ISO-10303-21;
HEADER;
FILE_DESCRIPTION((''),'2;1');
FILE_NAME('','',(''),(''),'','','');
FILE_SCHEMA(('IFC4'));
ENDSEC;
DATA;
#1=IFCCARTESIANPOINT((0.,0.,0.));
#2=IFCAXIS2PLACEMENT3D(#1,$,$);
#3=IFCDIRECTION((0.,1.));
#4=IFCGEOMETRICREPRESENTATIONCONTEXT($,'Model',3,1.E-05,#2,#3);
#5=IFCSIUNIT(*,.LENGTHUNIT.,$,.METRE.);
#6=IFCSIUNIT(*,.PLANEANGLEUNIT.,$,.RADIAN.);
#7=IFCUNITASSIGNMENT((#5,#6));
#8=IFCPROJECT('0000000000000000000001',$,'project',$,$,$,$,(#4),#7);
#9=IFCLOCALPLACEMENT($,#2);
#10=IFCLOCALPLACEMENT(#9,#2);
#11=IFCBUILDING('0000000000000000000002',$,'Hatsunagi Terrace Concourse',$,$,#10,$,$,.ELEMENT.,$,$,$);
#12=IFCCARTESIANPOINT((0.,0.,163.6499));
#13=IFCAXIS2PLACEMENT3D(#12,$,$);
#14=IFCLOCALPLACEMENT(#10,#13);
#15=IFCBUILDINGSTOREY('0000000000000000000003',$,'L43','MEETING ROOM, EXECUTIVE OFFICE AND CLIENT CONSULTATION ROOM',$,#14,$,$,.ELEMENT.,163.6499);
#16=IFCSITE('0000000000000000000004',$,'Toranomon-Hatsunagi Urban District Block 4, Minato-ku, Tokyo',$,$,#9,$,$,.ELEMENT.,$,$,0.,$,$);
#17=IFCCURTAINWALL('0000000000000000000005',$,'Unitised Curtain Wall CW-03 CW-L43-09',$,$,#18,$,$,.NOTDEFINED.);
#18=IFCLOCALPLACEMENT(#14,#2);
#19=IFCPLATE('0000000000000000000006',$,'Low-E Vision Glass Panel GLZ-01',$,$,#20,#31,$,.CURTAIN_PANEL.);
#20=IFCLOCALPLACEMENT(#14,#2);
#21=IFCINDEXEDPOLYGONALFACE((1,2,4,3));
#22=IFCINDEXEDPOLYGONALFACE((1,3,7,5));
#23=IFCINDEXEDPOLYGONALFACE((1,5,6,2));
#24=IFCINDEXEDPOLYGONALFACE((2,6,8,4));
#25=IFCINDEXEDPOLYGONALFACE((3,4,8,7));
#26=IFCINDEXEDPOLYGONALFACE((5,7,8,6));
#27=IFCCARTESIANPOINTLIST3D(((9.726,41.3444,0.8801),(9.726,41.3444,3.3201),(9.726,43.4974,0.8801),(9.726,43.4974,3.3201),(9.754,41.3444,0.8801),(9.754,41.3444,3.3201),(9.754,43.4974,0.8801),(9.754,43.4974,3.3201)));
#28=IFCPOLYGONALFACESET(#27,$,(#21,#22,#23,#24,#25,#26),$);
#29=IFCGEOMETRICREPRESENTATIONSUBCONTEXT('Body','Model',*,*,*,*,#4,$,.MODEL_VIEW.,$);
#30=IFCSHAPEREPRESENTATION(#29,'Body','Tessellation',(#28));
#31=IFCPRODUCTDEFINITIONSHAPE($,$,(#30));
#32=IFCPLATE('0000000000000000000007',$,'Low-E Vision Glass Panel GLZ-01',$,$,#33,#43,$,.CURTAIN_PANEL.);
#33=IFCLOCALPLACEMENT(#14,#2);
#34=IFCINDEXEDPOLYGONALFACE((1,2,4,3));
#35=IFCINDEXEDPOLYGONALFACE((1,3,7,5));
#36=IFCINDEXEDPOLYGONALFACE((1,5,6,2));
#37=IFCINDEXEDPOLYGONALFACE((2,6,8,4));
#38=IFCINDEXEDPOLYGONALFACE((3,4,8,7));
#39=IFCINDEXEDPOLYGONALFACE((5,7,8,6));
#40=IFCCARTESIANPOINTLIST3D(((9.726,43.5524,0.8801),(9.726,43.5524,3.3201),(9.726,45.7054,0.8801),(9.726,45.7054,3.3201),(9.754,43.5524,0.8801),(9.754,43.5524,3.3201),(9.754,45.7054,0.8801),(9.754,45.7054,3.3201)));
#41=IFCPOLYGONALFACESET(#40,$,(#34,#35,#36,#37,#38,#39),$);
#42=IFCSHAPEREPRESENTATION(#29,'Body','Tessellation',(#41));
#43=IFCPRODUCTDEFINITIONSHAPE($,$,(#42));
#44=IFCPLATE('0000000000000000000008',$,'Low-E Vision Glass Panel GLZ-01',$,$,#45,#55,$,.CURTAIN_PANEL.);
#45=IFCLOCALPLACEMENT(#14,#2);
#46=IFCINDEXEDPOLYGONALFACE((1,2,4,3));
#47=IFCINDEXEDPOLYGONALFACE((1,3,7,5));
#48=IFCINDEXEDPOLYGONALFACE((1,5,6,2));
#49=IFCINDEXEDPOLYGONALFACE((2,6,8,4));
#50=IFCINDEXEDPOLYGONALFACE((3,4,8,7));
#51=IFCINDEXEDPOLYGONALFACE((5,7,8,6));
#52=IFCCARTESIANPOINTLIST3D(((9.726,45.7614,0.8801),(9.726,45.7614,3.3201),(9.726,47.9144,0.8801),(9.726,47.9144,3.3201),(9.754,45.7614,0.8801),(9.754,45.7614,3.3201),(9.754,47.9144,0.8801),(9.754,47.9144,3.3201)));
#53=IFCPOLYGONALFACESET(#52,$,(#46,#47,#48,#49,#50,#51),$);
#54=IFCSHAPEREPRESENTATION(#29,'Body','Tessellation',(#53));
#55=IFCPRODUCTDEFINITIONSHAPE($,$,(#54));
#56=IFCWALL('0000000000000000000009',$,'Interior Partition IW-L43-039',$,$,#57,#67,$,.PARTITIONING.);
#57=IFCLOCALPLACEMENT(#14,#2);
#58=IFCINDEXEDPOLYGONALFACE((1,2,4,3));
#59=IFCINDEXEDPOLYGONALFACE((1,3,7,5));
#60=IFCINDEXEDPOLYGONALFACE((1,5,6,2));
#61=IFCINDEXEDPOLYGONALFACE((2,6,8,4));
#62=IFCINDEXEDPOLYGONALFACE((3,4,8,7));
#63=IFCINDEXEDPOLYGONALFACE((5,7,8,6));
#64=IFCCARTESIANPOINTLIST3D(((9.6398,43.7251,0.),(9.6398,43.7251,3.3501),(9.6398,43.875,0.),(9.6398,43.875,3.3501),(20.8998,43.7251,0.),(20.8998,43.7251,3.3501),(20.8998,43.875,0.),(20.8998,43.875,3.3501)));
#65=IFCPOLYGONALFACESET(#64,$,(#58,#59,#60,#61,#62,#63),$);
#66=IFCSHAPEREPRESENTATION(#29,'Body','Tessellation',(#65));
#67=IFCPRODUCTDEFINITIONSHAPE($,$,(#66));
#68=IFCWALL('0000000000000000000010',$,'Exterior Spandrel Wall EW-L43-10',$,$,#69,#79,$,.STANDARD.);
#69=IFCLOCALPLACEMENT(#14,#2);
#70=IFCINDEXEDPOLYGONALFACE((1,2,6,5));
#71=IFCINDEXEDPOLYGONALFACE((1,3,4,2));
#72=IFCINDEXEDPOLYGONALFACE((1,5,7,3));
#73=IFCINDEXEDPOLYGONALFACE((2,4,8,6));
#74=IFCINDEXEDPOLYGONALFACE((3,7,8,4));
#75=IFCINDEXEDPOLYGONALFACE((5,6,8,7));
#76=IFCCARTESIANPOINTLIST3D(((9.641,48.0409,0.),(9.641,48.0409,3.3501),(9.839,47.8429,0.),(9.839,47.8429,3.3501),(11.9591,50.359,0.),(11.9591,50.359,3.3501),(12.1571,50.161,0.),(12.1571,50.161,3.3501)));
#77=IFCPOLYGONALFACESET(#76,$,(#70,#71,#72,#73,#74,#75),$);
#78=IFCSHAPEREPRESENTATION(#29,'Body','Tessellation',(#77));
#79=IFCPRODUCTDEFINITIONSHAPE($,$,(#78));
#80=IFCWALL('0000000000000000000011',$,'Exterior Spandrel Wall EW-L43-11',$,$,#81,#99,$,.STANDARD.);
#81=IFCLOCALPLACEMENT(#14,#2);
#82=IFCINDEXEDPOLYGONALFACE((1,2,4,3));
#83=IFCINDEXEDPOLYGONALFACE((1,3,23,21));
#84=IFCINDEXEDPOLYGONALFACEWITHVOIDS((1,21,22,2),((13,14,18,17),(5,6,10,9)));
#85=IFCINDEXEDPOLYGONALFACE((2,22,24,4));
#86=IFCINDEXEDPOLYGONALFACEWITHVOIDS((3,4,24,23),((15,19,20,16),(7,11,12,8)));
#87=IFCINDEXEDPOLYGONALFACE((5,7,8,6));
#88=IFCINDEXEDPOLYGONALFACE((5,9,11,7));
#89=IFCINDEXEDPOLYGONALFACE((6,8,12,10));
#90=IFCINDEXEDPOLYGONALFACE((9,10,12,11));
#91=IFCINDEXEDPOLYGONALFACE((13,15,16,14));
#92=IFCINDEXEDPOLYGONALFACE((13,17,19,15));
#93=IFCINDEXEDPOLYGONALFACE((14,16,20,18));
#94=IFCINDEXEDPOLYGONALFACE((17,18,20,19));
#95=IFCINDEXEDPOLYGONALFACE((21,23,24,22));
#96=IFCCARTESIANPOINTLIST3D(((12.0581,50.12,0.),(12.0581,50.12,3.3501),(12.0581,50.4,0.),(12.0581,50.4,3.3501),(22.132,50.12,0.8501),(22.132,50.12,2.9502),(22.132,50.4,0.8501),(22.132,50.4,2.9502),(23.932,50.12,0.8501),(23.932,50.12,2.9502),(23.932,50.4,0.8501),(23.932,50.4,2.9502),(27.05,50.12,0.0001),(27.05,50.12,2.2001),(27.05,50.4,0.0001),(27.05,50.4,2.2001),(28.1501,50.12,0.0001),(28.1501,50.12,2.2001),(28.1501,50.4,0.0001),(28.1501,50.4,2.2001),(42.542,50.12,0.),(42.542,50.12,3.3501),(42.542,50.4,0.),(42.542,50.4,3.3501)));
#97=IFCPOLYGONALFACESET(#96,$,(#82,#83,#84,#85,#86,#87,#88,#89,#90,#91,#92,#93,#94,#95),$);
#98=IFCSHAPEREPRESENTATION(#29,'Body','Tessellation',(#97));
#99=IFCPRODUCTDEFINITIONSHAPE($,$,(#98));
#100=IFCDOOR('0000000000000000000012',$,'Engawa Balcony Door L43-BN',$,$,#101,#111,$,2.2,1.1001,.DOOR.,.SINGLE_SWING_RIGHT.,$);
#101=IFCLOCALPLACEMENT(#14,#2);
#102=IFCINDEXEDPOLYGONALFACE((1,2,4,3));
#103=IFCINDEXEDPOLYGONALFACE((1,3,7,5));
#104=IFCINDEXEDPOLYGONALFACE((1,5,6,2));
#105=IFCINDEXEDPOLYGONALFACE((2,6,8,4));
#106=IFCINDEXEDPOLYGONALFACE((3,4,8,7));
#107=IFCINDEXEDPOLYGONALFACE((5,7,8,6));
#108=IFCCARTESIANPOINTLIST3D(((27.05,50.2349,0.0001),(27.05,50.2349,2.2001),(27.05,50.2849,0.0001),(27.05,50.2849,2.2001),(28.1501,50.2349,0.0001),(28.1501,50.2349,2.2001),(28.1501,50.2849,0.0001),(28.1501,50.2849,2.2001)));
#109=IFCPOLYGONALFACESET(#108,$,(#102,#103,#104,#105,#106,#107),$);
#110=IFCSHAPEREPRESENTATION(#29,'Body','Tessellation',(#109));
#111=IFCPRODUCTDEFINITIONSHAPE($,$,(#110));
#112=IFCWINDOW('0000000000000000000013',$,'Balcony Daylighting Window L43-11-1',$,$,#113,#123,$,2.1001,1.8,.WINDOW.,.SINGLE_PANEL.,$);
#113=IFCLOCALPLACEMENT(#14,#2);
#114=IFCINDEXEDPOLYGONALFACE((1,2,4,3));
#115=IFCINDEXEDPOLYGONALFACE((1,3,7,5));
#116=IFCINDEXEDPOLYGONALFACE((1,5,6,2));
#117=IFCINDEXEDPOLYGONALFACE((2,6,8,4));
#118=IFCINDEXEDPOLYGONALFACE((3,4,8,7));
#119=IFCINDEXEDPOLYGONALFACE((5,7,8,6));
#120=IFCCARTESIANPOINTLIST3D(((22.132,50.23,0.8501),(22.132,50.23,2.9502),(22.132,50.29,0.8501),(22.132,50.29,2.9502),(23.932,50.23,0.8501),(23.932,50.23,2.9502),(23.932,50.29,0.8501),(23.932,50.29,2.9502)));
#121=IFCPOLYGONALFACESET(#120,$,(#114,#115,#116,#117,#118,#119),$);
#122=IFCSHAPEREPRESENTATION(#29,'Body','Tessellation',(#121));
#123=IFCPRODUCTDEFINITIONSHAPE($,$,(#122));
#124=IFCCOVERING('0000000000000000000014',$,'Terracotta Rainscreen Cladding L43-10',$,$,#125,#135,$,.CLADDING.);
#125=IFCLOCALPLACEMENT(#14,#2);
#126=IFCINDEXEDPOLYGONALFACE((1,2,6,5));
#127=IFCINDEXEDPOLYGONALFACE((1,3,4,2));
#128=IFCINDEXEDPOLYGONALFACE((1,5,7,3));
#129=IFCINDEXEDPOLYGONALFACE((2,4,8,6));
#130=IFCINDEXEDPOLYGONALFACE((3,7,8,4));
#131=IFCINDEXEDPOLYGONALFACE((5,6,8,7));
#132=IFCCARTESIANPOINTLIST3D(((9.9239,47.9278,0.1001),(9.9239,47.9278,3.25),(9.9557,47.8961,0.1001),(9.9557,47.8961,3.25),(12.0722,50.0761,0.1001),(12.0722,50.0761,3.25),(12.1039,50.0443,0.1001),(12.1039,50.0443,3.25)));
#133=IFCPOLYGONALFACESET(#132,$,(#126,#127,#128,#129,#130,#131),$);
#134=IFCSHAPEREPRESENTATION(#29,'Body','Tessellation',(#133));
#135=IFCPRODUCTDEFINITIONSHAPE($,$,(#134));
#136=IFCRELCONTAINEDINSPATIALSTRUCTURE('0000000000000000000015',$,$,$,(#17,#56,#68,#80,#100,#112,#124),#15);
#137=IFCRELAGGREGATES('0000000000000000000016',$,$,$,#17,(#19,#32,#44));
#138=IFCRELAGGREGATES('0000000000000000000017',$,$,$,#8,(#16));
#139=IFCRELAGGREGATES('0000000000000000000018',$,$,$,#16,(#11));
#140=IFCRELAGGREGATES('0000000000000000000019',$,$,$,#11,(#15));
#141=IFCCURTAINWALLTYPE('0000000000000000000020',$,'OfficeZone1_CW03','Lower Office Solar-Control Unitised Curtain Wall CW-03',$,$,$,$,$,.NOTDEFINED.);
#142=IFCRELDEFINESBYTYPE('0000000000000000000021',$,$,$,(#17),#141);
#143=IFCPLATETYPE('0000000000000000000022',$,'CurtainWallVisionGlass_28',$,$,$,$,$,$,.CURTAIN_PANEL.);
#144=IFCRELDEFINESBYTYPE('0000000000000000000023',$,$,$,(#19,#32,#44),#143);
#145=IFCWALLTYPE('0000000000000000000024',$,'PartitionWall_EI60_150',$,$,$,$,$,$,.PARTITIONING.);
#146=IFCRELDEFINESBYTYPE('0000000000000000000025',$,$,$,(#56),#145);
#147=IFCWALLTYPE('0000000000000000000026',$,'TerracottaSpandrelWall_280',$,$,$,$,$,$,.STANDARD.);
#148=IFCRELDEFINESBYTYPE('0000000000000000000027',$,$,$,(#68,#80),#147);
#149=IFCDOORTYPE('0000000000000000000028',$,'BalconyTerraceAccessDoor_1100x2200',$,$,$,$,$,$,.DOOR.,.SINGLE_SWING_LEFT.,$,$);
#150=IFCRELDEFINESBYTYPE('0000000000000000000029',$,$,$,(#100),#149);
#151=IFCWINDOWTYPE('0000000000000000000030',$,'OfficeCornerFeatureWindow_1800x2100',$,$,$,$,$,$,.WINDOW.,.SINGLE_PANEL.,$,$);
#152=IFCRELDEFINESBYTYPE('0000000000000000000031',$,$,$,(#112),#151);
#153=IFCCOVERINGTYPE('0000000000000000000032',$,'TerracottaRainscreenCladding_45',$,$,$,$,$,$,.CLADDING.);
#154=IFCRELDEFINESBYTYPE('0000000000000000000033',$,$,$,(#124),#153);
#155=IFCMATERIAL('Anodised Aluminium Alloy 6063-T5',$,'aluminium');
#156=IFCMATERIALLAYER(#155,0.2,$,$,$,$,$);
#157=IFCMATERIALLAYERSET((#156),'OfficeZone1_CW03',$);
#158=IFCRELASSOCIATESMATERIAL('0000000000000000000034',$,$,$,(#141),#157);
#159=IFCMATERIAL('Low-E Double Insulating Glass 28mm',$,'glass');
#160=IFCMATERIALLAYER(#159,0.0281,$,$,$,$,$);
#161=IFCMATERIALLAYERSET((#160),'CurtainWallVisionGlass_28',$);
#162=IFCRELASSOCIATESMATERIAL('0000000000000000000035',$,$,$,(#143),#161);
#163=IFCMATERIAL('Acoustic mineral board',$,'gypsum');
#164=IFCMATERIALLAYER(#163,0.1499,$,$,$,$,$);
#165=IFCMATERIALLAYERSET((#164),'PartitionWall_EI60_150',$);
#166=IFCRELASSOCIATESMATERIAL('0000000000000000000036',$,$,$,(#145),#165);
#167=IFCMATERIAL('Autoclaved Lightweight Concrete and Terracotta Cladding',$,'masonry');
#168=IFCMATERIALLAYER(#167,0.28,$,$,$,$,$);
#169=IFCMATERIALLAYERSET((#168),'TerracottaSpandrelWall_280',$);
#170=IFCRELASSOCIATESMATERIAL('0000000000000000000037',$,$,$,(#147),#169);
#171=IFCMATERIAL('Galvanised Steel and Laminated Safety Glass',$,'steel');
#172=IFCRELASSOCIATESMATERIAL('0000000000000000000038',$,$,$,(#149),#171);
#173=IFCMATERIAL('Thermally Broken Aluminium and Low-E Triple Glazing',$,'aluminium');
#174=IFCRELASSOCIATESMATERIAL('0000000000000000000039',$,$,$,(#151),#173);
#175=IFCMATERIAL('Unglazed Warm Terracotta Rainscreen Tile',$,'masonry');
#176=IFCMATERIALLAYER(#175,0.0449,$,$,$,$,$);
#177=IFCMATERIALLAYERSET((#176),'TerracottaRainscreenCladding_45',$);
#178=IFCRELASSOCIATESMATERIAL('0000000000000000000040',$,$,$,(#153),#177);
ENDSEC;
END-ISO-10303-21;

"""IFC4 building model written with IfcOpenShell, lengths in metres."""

from ifc_helpers import new_model, si_unit, direction, frame, frame_2d, origin, origin_2d, place, context, subcontext, project, spatial, rectangle, extrude, material, layer, layer_set, type_object, element, fill, aggregate, save


model = new_model("IFC4")

# Units and contexts
model_context = context("Model", 3, precision=1e-05, world=origin(), true_north=direction((0.0, 1.0)))
body_context = subcontext(model_context, "Body", "Model", "MODEL_VIEW")
ifc_project = project(units=[si_unit("LENGTHUNIT", "METRE"), si_unit("PLANEANGLEUNIT", "RADIAN")], contexts=[model_context])

# Site, building, storey
site_placement = place(None, origin())
site = spatial("IfcSite", under=ifc_project, at=site_placement, Name="Toranomon-Hatsunagi Urban District Block 4, Minato-ku, Tokyo", CompositionType="ELEMENT", RefElevation=0.0)
building_placement = place(site_placement, origin())
building = spatial("IfcBuilding", under=site, at=building_placement, Name="Hatsunagi Terrace Concourse", CompositionType="ELEMENT")
storey_placement = place(building_placement, frame((0.0, 0.0, 163.6499)))
storey = spatial("IfcBuildingStorey", under=building, at=storey_placement, Name="L43", Description="MEETING ROOM, EXECUTIVE OFFICE AND CLIENT CONSULTATION ROOM", CompositionType="ELEMENT", Elevation=163.6499)

# Curtain wall
ifc_material_1 = material(Name="Anodised Aluminium Alloy 6063-T5", Category="aluminium")
ifc_layer_1 = layer(ifc_material_1, 0.2)
ifc_layer_set_1 = layer_set([ifc_layer_1], Name="OfficeZone1_CW03")
curtain_wall_type = type_object("IfcCurtainWallType", Name="OfficeZone1_CW03", Description="Lower Office Solar-Control Unitised Curtain Wall CW-03", PredefinedType="NOTDEFINED", material=ifc_layer_set_1)
curtain_wall_placement = place(storey_placement, origin())
curtain_wall = element("IfcCurtainWall", 1, at=curtain_wall_placement, inside=storey, type_object=curtain_wall_type, Name="Unitised Curtain Wall CW-03 CW-L43-09", PredefinedType="NOTDEFINED")

# Plates
ifc_material_2 = material(Name="Low-E Double Insulating Glass 28mm", Category="glass")
ifc_layer_2 = layer(ifc_material_2, 0.0281)
ifc_layer_set_2 = layer_set([ifc_layer_2], Name="CurtainWallVisionGlass_28")
plate_type_1 = type_object("IfcPlateType", Name="CurtainWallVisionGlass_28", PredefinedType="CURTAIN_PANEL", material=ifc_layer_set_2)
plate_1_placement = place(storey_placement, frame((9.74, 42.4209, 0.8801), z_axis=(0.0, 0.0, 1.0), x_axis=(0.0, 1.0, 0.0)))
plate_1 = element("IfcPlate", 2, at=plate_1_placement, type_object=plate_type_1, Name="Low-E Vision Glass Panel GLZ-01", PredefinedType="CURTAIN_PANEL", context=body_context, shape_type="SweptSolid", body=[
    extrude(rectangle(XDim=2.1531, YDim=0.0281, at=origin_2d()), origin(), (0.0, 0.0, 1.0), 2.4399),
])
plate_2_placement = place(storey_placement, frame((9.74, 44.6289, 0.8801), z_axis=(0.0, 0.0, 1.0), x_axis=(0.0, 1.0, 0.0)))
plate_2 = element("IfcPlate", 3, at=plate_2_placement, type_object=plate_type_1, Name="Low-E Vision Glass Panel GLZ-01", PredefinedType="CURTAIN_PANEL", context=body_context, shape_type="SweptSolid", body=[
    extrude(rectangle(XDim=2.1531, YDim=0.0281, at=origin_2d()), origin(), (0.0, 0.0, 1.0), 2.4399),
])
plate_3_placement = place(storey_placement, frame((9.74, 46.8379, 0.8801), z_axis=(0.0, 0.0, 1.0), x_axis=(0.0, 1.0, 0.0)))
plate_3 = element("IfcPlate", 4, at=plate_3_placement, type_object=plate_type_1, Name="Low-E Vision Glass Panel GLZ-01", PredefinedType="CURTAIN_PANEL", context=body_context, shape_type="SweptSolid", body=[
    extrude(rectangle(XDim=2.1531, YDim=0.0281, at=origin_2d()), origin(), (0.0, 0.0, 1.0), 2.4399),
])
aggregate(curtain_wall, [plate_1, plate_2, plate_3])

# Walls
ifc_material_3 = material(Name="Acoustic mineral board", Category="gypsum")
ifc_layer_3 = layer(ifc_material_3, 0.1499)
ifc_layer_set_3 = layer_set([ifc_layer_3], Name="PartitionWall_EI60_150")
wall_type_1 = type_object("IfcWallType", Name="PartitionWall_EI60_150", PredefinedType="PARTITIONING", material=ifc_layer_set_3)
wall_1_placement = place(storey_placement, frame((9.6399, 43.8, 0.0), z_axis=(0.0, 0.0, 1.0), x_axis=(1.0, 0.0, 0.0)))
element("IfcWall", 5, at=wall_1_placement, inside=storey, type_object=wall_type_1, Name="Interior Partition IW-L43-039", PredefinedType="PARTITIONING", context=body_context, shape_type="SweptSolid", body=[
    extrude(rectangle(XDim=11.26, YDim=0.1499, at=frame_2d((5.6299, 0.0))), origin(), (0.0, 0.0, 1.0), 3.3501),
])
ifc_material_4 = material(Name="Autoclaved Lightweight Concrete and Terracotta Cladding", Category="masonry")
ifc_layer_4 = layer(ifc_material_4, 0.28)
ifc_layer_set_4 = layer_set([ifc_layer_4], Name="TerracottaSpandrelWall_280")
wall_type_2 = type_object("IfcWallType", Name="TerracottaSpandrelWall_280", PredefinedType="STANDARD", material=ifc_layer_set_4)
wall_2_placement = place(storey_placement, frame((9.74, 47.9419, 0.0), z_axis=(0.0, 0.0, 1.0), x_axis=(0.707107, 0.707107, 0.0)))
element("IfcWall", 6, at=wall_2_placement, inside=storey, type_object=wall_type_2, Name="Exterior Spandrel Wall EW-L43-10", PredefinedType="STANDARD", context=body_context, shape_type="SweptSolid", body=[
    extrude(rectangle(XDim=3.2783, YDim=0.28, at=frame_2d((1.6392, 0.0))), origin(), (0.0, 0.0, 1.0), 3.3501),
])

# Wall, openings, door, window
wall_3_placement = place(storey_placement, frame((12.0581, 50.26, 0.0), z_axis=(0.0, 0.0, 1.0), x_axis=(1.0, 0.0, 0.0)))
wall_3 = element("IfcWall", 7, at=wall_3_placement, inside=storey, type_object=wall_type_2, Name="Exterior Spandrel Wall EW-L43-11", PredefinedType="STANDARD", context=body_context, shape_type="SweptSolid", body=[
    extrude(rectangle(XDim=30.4839, YDim=0.28, at=frame_2d((15.2419, 0.0))), origin(), (0.0, 0.0, 1.0), 3.3501),
])
opening_1_placement = place(wall_3_placement, frame((14.9919, 0.0, 0.0)))
opening_1 = element("IfcOpeningElement", 8, at=opening_1_placement, cuts=wall_3, PredefinedType="OPENING", context=body_context, shape_type="SweptSolid", body=[
    extrude(rectangle(XDim=1.1001, YDim=2.2, at=frame_2d((0.55, 1.1001))), frame((0.0, 0.1499, 0.0), z_axis=(0.0, -1.0, 0.0), x_axis=(1.0, 0.0, 0.0)), (0.0, 0.0, 1.0), 0.3),
])
opening_2_placement = place(wall_3_placement, frame((10.074, 0.0, 0.8501)))
opening_2 = element("IfcOpeningElement", 9, at=opening_2_placement, cuts=wall_3, PredefinedType="OPENING", context=body_context, shape_type="SweptSolid", body=[
    extrude(rectangle(XDim=1.8, YDim=2.1001, at=frame_2d((0.8999, 1.05))), frame((0.0, 0.1499, 0.0), z_axis=(0.0, -1.0, 0.0), x_axis=(1.0, 0.0, 0.0)), (0.0, 0.0, 1.0), 0.3),
])
ifc_material_5 = material(Name="Galvanised Steel and Laminated Safety Glass", Category="steel")
door_type = type_object("IfcDoorType", Name="BalconyTerraceAccessDoor_1100x2200", OperationType="SINGLE_SWING_LEFT", PredefinedType="DOOR", material=ifc_material_5)
door_placement = place(opening_1_placement, origin())
door = element("IfcDoor", 10, at=door_placement, inside=storey, type_object=door_type, Name="Engawa Balcony Door L43-BN", OperationType="SINGLE_SWING_RIGHT", OverallHeight=2.2, OverallWidth=1.1001, PredefinedType="DOOR", context=body_context, shape_type="SweptSolid", body=[
    extrude(rectangle(XDim=1.1001, YDim=2.2, at=frame_2d((0.55, 1.1001))), frame((0.0, 0.0249, 0.0), z_axis=(0.0, -1.0, 0.0), x_axis=(1.0, 0.0, 0.0)), (0.0, 0.0, 1.0), 0.05),
])
fill(opening_1, door)
ifc_material_6 = material(Name="Thermally Broken Aluminium and Low-E Triple Glazing", Category="aluminium")
window_type = type_object("IfcWindowType", Name="OfficeCornerFeatureWindow_1800x2100", PartitioningType="SINGLE_PANEL", PredefinedType="WINDOW", material=ifc_material_6)
window_placement = place(opening_2_placement, origin())
window = element("IfcWindow", 11, at=window_placement, inside=storey, type_object=window_type, Name="Balcony Daylighting Window L43-11-1", OverallHeight=2.1001, OverallWidth=1.8, PartitioningType="SINGLE_PANEL", PredefinedType="WINDOW", context=body_context, shape_type="SweptSolid", body=[
    extrude(rectangle(XDim=1.8, YDim=2.1001, at=frame_2d((0.8999, 1.05))), frame((0.0, 0.03, 0.0), z_axis=(0.0, -1.0, 0.0), x_axis=(1.0, 0.0, 0.0)), (0.0, 0.0, 1.0), 0.0601),
])
fill(opening_2, window)

# Covering
ifc_material_7 = material(Name="Unglazed Warm Terracotta Rainscreen Tile", Category="masonry")
ifc_layer_5 = layer(ifc_material_7, 0.0449)
ifc_layer_set_5 = layer_set([ifc_layer_5], Name="TerracottaRainscreenCladding_45")
covering_type = type_object("IfcCoveringType", Name="TerracottaRainscreenCladding_45", PredefinedType="CLADDING", material=ifc_layer_set_5)
covering_placement = place(storey_placement, frame((11.0139, 48.9861, 0.1001), z_axis=(0.0, 0.0, 1.0), x_axis=(0.707107, 0.707107, 0.0)))
element("IfcCovering", 12, at=covering_placement, inside=storey, type_object=covering_type, Name="Terracotta Rainscreen Cladding L43-10", PredefinedType="CLADDING", context=body_context, shape_type="SweptSolid", body=[
    extrude(rectangle(XDim=3.0381, YDim=0.0449, at=origin_2d()), origin(), (0.0, 0.0, 1.0), 3.1499),
])

save(model, "model.ifc")
